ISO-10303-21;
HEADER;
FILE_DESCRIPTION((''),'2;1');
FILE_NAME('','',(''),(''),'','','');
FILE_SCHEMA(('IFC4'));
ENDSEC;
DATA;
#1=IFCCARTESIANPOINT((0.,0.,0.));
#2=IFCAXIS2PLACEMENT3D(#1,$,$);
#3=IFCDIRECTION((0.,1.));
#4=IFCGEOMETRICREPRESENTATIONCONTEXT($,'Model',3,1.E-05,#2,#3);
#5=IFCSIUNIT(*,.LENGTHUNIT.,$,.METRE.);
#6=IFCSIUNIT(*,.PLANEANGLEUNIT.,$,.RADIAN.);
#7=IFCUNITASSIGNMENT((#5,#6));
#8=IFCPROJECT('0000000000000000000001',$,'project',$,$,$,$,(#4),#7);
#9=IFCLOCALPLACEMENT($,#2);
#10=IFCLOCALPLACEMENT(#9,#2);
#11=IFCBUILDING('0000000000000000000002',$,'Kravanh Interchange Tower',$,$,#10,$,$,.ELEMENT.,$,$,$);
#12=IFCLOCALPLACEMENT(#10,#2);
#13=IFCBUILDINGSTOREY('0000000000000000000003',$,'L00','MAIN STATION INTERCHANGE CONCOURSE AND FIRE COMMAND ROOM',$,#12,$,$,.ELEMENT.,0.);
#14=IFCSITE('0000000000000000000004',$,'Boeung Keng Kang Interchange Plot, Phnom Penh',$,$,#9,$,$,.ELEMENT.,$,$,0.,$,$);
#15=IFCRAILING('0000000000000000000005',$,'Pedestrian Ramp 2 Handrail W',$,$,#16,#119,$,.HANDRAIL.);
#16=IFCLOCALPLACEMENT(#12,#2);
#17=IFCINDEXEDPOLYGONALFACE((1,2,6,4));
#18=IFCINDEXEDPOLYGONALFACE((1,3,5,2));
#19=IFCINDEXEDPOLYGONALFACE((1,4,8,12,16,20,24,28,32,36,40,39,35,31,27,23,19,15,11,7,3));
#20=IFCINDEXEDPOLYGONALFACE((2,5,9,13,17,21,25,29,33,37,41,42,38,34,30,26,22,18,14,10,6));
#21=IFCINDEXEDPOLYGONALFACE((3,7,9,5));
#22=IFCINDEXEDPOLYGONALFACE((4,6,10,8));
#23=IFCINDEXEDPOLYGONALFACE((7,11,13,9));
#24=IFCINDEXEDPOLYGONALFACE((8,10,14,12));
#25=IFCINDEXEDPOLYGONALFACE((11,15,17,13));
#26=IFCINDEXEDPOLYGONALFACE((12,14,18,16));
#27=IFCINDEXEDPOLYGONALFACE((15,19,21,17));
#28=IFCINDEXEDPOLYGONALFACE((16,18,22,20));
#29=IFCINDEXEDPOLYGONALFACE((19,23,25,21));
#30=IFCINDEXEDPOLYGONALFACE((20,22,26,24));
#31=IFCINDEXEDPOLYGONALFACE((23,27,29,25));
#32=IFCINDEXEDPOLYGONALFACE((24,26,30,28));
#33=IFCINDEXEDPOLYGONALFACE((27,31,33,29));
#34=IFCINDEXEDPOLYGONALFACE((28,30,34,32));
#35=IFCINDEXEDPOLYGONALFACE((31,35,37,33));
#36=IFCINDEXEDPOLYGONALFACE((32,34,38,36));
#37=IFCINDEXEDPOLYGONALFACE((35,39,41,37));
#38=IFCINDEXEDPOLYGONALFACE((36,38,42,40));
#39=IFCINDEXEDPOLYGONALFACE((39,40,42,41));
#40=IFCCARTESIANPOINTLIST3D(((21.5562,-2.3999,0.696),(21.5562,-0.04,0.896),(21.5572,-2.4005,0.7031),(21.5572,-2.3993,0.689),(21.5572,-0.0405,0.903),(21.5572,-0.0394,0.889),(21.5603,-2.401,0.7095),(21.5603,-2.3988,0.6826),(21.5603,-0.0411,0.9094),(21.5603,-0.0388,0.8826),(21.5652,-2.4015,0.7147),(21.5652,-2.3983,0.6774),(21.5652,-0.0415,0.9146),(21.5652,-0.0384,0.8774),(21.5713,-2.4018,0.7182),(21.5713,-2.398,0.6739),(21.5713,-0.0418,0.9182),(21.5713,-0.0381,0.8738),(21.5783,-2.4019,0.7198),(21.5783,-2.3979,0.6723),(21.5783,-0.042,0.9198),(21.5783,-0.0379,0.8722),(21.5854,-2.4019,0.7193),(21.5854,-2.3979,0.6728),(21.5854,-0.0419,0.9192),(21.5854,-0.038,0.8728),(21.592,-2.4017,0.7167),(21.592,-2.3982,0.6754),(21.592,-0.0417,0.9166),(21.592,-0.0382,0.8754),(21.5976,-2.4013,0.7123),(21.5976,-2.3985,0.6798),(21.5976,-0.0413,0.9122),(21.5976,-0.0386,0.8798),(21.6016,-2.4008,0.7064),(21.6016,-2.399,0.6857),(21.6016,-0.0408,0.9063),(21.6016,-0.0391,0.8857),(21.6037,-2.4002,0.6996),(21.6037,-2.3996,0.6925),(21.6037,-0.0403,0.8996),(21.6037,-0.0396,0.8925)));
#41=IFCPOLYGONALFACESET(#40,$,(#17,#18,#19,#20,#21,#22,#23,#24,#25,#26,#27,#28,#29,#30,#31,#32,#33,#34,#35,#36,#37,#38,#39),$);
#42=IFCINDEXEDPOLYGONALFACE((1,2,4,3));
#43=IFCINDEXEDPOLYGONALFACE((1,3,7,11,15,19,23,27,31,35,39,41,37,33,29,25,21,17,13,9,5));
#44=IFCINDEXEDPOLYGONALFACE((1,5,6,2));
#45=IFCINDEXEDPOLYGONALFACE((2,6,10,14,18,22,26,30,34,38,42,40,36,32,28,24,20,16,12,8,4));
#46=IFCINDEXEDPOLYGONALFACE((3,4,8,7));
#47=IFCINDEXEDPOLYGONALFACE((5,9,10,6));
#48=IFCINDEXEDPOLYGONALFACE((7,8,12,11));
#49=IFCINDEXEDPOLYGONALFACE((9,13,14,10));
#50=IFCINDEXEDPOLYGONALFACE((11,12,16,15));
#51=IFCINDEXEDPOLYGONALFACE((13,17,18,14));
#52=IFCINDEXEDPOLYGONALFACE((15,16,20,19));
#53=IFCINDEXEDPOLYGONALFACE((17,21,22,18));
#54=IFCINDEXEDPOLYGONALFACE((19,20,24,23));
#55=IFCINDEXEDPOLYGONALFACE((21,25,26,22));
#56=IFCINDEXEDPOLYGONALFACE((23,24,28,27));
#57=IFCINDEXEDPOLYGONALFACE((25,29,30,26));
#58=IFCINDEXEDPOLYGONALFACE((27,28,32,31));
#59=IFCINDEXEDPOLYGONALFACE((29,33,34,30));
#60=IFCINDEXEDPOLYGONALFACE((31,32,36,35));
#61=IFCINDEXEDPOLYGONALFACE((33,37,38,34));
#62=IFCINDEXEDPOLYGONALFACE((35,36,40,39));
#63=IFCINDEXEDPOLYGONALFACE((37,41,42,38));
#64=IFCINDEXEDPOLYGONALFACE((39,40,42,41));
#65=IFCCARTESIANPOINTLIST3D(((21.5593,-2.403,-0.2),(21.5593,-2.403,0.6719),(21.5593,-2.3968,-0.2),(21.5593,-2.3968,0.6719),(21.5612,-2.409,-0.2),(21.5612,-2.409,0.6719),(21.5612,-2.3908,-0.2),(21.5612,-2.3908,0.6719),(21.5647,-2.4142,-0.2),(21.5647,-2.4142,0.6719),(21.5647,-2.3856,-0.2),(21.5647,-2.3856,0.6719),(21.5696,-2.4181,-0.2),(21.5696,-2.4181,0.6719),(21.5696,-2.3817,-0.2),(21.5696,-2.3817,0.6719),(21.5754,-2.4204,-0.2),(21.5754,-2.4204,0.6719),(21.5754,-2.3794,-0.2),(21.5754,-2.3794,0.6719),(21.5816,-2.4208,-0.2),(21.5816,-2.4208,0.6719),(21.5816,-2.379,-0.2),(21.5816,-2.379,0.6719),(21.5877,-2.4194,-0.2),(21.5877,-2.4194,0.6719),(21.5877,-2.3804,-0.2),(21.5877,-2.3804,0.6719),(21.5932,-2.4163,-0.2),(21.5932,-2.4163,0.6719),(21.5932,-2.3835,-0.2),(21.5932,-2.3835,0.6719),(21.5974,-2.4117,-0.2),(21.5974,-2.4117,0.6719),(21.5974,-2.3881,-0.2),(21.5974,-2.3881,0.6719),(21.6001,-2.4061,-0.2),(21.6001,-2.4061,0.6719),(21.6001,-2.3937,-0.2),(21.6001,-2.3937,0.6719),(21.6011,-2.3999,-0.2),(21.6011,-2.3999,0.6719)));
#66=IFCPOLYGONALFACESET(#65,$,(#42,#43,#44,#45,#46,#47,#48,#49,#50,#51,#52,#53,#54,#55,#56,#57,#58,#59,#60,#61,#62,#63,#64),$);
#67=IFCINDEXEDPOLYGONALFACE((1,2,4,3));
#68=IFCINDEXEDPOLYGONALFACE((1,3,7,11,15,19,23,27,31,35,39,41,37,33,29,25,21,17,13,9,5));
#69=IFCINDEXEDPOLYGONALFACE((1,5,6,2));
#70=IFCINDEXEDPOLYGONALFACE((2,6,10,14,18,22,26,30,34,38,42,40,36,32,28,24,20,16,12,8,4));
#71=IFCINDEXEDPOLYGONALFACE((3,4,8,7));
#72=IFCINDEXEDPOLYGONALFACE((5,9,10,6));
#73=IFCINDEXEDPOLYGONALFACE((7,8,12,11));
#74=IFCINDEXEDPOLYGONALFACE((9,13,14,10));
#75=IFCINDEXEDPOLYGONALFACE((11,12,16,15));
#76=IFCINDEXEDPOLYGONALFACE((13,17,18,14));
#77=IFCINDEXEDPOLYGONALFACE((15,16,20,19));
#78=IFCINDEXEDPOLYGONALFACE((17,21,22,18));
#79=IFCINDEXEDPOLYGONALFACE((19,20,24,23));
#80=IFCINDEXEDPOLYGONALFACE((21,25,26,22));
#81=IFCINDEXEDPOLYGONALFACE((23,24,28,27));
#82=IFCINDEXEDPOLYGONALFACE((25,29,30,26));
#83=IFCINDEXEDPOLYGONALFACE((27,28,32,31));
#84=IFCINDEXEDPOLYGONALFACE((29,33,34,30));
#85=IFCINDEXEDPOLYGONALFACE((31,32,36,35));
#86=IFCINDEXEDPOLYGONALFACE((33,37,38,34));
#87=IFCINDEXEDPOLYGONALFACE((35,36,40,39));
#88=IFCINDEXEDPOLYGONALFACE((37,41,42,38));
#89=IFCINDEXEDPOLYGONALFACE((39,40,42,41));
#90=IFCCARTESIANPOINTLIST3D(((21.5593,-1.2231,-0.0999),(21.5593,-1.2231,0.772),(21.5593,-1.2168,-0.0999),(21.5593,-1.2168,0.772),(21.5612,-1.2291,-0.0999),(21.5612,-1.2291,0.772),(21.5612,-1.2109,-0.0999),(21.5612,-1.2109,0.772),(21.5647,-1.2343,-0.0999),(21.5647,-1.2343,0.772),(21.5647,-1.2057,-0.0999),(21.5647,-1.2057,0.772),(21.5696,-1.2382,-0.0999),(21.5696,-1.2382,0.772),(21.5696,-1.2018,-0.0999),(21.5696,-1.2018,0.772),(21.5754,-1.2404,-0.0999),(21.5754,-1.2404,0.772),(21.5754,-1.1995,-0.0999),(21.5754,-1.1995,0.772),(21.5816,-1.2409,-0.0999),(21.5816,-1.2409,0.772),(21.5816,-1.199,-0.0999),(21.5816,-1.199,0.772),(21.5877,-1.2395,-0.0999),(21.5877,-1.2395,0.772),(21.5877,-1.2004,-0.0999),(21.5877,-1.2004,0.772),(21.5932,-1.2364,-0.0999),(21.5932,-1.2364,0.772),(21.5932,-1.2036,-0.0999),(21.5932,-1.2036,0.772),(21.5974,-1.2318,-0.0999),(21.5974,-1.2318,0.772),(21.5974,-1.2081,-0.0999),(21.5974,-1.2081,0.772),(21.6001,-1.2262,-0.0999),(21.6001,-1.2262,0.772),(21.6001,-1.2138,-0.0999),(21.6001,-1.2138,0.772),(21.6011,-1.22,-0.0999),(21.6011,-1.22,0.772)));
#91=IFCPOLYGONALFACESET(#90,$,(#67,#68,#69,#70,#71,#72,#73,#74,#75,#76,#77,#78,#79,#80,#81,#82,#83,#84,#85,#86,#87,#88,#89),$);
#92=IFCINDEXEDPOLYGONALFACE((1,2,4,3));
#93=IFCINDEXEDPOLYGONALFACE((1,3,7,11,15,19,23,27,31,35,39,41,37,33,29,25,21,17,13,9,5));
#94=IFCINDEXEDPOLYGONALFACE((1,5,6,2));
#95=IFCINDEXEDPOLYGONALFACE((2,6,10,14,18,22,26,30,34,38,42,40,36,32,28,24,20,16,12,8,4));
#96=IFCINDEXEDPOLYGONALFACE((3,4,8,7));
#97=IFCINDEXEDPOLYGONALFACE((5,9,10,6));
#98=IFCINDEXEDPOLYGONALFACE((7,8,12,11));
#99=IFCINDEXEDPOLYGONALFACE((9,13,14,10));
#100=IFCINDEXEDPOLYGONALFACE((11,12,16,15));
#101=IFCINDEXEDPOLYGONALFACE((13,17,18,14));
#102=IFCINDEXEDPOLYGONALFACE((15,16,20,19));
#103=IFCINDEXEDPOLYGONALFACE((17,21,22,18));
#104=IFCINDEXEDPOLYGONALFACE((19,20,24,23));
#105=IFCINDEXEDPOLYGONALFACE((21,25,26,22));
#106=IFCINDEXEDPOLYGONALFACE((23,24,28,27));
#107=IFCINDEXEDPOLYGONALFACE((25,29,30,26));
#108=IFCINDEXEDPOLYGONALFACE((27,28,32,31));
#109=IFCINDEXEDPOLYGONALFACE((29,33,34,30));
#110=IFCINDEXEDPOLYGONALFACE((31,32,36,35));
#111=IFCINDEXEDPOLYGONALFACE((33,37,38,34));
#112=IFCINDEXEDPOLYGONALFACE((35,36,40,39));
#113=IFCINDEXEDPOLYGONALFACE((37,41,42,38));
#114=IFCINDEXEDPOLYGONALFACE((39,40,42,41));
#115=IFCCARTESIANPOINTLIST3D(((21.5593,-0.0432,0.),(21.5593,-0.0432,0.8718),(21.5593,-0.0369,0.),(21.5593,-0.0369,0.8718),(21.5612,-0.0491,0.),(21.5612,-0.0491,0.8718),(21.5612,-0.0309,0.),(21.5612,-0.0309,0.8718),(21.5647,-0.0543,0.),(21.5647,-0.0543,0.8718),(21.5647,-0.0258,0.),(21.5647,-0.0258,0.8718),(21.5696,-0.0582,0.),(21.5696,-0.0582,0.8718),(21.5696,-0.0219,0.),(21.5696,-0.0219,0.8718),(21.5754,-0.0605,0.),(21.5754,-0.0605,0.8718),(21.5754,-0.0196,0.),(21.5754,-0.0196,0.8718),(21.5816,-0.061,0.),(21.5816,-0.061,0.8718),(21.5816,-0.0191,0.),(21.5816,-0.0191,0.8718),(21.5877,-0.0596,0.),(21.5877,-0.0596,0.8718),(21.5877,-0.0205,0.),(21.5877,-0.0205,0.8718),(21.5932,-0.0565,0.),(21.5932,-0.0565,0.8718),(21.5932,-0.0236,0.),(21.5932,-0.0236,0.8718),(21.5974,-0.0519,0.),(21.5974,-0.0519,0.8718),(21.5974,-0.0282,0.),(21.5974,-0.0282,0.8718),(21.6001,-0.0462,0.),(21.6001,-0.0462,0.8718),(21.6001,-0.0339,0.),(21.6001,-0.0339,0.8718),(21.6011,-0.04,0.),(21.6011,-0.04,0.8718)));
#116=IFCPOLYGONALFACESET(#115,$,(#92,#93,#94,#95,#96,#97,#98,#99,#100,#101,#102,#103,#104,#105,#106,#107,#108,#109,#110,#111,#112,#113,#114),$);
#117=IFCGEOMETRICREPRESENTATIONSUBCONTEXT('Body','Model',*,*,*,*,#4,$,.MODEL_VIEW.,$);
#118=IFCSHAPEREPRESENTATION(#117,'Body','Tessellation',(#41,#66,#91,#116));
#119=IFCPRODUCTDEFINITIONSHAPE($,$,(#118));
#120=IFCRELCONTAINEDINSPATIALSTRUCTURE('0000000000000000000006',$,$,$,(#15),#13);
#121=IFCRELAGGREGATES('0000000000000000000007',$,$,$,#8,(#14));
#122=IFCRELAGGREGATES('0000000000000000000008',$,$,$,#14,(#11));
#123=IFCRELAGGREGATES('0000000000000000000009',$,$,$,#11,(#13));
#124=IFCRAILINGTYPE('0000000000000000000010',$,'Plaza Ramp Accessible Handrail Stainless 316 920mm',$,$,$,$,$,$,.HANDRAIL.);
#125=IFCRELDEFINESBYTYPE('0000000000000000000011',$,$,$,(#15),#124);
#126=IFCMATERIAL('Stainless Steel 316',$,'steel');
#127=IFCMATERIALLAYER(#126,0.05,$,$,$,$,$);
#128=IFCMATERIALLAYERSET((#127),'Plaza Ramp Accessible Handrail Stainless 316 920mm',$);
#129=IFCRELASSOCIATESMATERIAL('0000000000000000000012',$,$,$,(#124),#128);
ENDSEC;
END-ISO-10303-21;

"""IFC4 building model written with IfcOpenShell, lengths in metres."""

from ifc_helpers import new_model, si_unit, direction, frame, origin, origin_2d, place, context, subcontext, project, spatial, circle, extrude, material, layer, layer_set, type_object, element, save


model = new_model("IFC4")

# Units and contexts
model_context = context("Model", 3, precision=1e-05, world=origin(), true_north=direction((0.0, 1.0)))
body_context = subcontext(model_context, "Body", "Model", "MODEL_VIEW")
ifc_project = project(units=[si_unit("LENGTHUNIT", "METRE"), si_unit("PLANEANGLEUNIT", "RADIAN")], contexts=[model_context])

# Site, building, storey
site_placement = place(None, origin())
site = spatial("IfcSite", under=ifc_project, at=site_placement, Name="Boeung Keng Kang Interchange Plot, Phnom Penh", CompositionType="ELEMENT", RefElevation=0.0)
building_placement = place(site_placement, origin())
building = spatial("IfcBuilding", under=site, at=building_placement, Name="Kravanh Interchange Tower", CompositionType="ELEMENT")
storey_placement = place(building_placement, origin())
storey = spatial("IfcBuildingStorey", under=building, at=storey_placement, Name="L00", Description="MAIN STATION INTERCHANGE CONCOURSE AND FIRE COMMAND ROOM", CompositionType="ELEMENT", Elevation=0.0)

# Railing
ifc_material_1 = material(Name="Stainless Steel 316", Category="steel")
ifc_layer_1 = layer(ifc_material_1, 0.05)
ifc_layer_set_1 = layer_set([ifc_layer_1], Name="Plaza Ramp Accessible Handrail Stainless 316 920mm")
railing_type = type_object("IfcRailingType", Name="Plaza Ramp Accessible Handrail Stainless 316 920mm", PredefinedType="HANDRAIL", material=ifc_layer_set_1)
for number, where, name in (
    (1, (21.5801, -2.3999, -0.2), "Pedestrian Ramp 2 Handrail W"),
):
    element("IfcRailing", number, at=place(storey_placement, frame(where)), inside=storey, type_object=railing_type, Name=name, PredefinedType="HANDRAIL", context=body_context, shape_type="SweptSolid", body=[
        extrude(circle(Radius=0.0239, at=origin_2d()), frame((0.0, 0.0, 0.896), z_axis=(0.0, 0.99643, 0.084427), x_axis=(-1.0, 0.0, 0.0)), (0.0, 0.0, 1.0), 2.3684),
        extrude(circle(Radius=0.021, at=origin_2d()), origin(), (0.0, 0.0, 1.0), 0.8718),
        extrude(circle(Radius=0.021, at=origin_2d()), frame((0.0, 1.1799, 0.1001)), (0.0, 0.0, 1.0), 0.8718),
        extrude(circle(Radius=0.021, at=origin_2d()), frame((0.0, 2.3599, 0.2)), (0.0, 0.0, 1.0), 0.8718),
    ])

save(model, "model.ifc")
